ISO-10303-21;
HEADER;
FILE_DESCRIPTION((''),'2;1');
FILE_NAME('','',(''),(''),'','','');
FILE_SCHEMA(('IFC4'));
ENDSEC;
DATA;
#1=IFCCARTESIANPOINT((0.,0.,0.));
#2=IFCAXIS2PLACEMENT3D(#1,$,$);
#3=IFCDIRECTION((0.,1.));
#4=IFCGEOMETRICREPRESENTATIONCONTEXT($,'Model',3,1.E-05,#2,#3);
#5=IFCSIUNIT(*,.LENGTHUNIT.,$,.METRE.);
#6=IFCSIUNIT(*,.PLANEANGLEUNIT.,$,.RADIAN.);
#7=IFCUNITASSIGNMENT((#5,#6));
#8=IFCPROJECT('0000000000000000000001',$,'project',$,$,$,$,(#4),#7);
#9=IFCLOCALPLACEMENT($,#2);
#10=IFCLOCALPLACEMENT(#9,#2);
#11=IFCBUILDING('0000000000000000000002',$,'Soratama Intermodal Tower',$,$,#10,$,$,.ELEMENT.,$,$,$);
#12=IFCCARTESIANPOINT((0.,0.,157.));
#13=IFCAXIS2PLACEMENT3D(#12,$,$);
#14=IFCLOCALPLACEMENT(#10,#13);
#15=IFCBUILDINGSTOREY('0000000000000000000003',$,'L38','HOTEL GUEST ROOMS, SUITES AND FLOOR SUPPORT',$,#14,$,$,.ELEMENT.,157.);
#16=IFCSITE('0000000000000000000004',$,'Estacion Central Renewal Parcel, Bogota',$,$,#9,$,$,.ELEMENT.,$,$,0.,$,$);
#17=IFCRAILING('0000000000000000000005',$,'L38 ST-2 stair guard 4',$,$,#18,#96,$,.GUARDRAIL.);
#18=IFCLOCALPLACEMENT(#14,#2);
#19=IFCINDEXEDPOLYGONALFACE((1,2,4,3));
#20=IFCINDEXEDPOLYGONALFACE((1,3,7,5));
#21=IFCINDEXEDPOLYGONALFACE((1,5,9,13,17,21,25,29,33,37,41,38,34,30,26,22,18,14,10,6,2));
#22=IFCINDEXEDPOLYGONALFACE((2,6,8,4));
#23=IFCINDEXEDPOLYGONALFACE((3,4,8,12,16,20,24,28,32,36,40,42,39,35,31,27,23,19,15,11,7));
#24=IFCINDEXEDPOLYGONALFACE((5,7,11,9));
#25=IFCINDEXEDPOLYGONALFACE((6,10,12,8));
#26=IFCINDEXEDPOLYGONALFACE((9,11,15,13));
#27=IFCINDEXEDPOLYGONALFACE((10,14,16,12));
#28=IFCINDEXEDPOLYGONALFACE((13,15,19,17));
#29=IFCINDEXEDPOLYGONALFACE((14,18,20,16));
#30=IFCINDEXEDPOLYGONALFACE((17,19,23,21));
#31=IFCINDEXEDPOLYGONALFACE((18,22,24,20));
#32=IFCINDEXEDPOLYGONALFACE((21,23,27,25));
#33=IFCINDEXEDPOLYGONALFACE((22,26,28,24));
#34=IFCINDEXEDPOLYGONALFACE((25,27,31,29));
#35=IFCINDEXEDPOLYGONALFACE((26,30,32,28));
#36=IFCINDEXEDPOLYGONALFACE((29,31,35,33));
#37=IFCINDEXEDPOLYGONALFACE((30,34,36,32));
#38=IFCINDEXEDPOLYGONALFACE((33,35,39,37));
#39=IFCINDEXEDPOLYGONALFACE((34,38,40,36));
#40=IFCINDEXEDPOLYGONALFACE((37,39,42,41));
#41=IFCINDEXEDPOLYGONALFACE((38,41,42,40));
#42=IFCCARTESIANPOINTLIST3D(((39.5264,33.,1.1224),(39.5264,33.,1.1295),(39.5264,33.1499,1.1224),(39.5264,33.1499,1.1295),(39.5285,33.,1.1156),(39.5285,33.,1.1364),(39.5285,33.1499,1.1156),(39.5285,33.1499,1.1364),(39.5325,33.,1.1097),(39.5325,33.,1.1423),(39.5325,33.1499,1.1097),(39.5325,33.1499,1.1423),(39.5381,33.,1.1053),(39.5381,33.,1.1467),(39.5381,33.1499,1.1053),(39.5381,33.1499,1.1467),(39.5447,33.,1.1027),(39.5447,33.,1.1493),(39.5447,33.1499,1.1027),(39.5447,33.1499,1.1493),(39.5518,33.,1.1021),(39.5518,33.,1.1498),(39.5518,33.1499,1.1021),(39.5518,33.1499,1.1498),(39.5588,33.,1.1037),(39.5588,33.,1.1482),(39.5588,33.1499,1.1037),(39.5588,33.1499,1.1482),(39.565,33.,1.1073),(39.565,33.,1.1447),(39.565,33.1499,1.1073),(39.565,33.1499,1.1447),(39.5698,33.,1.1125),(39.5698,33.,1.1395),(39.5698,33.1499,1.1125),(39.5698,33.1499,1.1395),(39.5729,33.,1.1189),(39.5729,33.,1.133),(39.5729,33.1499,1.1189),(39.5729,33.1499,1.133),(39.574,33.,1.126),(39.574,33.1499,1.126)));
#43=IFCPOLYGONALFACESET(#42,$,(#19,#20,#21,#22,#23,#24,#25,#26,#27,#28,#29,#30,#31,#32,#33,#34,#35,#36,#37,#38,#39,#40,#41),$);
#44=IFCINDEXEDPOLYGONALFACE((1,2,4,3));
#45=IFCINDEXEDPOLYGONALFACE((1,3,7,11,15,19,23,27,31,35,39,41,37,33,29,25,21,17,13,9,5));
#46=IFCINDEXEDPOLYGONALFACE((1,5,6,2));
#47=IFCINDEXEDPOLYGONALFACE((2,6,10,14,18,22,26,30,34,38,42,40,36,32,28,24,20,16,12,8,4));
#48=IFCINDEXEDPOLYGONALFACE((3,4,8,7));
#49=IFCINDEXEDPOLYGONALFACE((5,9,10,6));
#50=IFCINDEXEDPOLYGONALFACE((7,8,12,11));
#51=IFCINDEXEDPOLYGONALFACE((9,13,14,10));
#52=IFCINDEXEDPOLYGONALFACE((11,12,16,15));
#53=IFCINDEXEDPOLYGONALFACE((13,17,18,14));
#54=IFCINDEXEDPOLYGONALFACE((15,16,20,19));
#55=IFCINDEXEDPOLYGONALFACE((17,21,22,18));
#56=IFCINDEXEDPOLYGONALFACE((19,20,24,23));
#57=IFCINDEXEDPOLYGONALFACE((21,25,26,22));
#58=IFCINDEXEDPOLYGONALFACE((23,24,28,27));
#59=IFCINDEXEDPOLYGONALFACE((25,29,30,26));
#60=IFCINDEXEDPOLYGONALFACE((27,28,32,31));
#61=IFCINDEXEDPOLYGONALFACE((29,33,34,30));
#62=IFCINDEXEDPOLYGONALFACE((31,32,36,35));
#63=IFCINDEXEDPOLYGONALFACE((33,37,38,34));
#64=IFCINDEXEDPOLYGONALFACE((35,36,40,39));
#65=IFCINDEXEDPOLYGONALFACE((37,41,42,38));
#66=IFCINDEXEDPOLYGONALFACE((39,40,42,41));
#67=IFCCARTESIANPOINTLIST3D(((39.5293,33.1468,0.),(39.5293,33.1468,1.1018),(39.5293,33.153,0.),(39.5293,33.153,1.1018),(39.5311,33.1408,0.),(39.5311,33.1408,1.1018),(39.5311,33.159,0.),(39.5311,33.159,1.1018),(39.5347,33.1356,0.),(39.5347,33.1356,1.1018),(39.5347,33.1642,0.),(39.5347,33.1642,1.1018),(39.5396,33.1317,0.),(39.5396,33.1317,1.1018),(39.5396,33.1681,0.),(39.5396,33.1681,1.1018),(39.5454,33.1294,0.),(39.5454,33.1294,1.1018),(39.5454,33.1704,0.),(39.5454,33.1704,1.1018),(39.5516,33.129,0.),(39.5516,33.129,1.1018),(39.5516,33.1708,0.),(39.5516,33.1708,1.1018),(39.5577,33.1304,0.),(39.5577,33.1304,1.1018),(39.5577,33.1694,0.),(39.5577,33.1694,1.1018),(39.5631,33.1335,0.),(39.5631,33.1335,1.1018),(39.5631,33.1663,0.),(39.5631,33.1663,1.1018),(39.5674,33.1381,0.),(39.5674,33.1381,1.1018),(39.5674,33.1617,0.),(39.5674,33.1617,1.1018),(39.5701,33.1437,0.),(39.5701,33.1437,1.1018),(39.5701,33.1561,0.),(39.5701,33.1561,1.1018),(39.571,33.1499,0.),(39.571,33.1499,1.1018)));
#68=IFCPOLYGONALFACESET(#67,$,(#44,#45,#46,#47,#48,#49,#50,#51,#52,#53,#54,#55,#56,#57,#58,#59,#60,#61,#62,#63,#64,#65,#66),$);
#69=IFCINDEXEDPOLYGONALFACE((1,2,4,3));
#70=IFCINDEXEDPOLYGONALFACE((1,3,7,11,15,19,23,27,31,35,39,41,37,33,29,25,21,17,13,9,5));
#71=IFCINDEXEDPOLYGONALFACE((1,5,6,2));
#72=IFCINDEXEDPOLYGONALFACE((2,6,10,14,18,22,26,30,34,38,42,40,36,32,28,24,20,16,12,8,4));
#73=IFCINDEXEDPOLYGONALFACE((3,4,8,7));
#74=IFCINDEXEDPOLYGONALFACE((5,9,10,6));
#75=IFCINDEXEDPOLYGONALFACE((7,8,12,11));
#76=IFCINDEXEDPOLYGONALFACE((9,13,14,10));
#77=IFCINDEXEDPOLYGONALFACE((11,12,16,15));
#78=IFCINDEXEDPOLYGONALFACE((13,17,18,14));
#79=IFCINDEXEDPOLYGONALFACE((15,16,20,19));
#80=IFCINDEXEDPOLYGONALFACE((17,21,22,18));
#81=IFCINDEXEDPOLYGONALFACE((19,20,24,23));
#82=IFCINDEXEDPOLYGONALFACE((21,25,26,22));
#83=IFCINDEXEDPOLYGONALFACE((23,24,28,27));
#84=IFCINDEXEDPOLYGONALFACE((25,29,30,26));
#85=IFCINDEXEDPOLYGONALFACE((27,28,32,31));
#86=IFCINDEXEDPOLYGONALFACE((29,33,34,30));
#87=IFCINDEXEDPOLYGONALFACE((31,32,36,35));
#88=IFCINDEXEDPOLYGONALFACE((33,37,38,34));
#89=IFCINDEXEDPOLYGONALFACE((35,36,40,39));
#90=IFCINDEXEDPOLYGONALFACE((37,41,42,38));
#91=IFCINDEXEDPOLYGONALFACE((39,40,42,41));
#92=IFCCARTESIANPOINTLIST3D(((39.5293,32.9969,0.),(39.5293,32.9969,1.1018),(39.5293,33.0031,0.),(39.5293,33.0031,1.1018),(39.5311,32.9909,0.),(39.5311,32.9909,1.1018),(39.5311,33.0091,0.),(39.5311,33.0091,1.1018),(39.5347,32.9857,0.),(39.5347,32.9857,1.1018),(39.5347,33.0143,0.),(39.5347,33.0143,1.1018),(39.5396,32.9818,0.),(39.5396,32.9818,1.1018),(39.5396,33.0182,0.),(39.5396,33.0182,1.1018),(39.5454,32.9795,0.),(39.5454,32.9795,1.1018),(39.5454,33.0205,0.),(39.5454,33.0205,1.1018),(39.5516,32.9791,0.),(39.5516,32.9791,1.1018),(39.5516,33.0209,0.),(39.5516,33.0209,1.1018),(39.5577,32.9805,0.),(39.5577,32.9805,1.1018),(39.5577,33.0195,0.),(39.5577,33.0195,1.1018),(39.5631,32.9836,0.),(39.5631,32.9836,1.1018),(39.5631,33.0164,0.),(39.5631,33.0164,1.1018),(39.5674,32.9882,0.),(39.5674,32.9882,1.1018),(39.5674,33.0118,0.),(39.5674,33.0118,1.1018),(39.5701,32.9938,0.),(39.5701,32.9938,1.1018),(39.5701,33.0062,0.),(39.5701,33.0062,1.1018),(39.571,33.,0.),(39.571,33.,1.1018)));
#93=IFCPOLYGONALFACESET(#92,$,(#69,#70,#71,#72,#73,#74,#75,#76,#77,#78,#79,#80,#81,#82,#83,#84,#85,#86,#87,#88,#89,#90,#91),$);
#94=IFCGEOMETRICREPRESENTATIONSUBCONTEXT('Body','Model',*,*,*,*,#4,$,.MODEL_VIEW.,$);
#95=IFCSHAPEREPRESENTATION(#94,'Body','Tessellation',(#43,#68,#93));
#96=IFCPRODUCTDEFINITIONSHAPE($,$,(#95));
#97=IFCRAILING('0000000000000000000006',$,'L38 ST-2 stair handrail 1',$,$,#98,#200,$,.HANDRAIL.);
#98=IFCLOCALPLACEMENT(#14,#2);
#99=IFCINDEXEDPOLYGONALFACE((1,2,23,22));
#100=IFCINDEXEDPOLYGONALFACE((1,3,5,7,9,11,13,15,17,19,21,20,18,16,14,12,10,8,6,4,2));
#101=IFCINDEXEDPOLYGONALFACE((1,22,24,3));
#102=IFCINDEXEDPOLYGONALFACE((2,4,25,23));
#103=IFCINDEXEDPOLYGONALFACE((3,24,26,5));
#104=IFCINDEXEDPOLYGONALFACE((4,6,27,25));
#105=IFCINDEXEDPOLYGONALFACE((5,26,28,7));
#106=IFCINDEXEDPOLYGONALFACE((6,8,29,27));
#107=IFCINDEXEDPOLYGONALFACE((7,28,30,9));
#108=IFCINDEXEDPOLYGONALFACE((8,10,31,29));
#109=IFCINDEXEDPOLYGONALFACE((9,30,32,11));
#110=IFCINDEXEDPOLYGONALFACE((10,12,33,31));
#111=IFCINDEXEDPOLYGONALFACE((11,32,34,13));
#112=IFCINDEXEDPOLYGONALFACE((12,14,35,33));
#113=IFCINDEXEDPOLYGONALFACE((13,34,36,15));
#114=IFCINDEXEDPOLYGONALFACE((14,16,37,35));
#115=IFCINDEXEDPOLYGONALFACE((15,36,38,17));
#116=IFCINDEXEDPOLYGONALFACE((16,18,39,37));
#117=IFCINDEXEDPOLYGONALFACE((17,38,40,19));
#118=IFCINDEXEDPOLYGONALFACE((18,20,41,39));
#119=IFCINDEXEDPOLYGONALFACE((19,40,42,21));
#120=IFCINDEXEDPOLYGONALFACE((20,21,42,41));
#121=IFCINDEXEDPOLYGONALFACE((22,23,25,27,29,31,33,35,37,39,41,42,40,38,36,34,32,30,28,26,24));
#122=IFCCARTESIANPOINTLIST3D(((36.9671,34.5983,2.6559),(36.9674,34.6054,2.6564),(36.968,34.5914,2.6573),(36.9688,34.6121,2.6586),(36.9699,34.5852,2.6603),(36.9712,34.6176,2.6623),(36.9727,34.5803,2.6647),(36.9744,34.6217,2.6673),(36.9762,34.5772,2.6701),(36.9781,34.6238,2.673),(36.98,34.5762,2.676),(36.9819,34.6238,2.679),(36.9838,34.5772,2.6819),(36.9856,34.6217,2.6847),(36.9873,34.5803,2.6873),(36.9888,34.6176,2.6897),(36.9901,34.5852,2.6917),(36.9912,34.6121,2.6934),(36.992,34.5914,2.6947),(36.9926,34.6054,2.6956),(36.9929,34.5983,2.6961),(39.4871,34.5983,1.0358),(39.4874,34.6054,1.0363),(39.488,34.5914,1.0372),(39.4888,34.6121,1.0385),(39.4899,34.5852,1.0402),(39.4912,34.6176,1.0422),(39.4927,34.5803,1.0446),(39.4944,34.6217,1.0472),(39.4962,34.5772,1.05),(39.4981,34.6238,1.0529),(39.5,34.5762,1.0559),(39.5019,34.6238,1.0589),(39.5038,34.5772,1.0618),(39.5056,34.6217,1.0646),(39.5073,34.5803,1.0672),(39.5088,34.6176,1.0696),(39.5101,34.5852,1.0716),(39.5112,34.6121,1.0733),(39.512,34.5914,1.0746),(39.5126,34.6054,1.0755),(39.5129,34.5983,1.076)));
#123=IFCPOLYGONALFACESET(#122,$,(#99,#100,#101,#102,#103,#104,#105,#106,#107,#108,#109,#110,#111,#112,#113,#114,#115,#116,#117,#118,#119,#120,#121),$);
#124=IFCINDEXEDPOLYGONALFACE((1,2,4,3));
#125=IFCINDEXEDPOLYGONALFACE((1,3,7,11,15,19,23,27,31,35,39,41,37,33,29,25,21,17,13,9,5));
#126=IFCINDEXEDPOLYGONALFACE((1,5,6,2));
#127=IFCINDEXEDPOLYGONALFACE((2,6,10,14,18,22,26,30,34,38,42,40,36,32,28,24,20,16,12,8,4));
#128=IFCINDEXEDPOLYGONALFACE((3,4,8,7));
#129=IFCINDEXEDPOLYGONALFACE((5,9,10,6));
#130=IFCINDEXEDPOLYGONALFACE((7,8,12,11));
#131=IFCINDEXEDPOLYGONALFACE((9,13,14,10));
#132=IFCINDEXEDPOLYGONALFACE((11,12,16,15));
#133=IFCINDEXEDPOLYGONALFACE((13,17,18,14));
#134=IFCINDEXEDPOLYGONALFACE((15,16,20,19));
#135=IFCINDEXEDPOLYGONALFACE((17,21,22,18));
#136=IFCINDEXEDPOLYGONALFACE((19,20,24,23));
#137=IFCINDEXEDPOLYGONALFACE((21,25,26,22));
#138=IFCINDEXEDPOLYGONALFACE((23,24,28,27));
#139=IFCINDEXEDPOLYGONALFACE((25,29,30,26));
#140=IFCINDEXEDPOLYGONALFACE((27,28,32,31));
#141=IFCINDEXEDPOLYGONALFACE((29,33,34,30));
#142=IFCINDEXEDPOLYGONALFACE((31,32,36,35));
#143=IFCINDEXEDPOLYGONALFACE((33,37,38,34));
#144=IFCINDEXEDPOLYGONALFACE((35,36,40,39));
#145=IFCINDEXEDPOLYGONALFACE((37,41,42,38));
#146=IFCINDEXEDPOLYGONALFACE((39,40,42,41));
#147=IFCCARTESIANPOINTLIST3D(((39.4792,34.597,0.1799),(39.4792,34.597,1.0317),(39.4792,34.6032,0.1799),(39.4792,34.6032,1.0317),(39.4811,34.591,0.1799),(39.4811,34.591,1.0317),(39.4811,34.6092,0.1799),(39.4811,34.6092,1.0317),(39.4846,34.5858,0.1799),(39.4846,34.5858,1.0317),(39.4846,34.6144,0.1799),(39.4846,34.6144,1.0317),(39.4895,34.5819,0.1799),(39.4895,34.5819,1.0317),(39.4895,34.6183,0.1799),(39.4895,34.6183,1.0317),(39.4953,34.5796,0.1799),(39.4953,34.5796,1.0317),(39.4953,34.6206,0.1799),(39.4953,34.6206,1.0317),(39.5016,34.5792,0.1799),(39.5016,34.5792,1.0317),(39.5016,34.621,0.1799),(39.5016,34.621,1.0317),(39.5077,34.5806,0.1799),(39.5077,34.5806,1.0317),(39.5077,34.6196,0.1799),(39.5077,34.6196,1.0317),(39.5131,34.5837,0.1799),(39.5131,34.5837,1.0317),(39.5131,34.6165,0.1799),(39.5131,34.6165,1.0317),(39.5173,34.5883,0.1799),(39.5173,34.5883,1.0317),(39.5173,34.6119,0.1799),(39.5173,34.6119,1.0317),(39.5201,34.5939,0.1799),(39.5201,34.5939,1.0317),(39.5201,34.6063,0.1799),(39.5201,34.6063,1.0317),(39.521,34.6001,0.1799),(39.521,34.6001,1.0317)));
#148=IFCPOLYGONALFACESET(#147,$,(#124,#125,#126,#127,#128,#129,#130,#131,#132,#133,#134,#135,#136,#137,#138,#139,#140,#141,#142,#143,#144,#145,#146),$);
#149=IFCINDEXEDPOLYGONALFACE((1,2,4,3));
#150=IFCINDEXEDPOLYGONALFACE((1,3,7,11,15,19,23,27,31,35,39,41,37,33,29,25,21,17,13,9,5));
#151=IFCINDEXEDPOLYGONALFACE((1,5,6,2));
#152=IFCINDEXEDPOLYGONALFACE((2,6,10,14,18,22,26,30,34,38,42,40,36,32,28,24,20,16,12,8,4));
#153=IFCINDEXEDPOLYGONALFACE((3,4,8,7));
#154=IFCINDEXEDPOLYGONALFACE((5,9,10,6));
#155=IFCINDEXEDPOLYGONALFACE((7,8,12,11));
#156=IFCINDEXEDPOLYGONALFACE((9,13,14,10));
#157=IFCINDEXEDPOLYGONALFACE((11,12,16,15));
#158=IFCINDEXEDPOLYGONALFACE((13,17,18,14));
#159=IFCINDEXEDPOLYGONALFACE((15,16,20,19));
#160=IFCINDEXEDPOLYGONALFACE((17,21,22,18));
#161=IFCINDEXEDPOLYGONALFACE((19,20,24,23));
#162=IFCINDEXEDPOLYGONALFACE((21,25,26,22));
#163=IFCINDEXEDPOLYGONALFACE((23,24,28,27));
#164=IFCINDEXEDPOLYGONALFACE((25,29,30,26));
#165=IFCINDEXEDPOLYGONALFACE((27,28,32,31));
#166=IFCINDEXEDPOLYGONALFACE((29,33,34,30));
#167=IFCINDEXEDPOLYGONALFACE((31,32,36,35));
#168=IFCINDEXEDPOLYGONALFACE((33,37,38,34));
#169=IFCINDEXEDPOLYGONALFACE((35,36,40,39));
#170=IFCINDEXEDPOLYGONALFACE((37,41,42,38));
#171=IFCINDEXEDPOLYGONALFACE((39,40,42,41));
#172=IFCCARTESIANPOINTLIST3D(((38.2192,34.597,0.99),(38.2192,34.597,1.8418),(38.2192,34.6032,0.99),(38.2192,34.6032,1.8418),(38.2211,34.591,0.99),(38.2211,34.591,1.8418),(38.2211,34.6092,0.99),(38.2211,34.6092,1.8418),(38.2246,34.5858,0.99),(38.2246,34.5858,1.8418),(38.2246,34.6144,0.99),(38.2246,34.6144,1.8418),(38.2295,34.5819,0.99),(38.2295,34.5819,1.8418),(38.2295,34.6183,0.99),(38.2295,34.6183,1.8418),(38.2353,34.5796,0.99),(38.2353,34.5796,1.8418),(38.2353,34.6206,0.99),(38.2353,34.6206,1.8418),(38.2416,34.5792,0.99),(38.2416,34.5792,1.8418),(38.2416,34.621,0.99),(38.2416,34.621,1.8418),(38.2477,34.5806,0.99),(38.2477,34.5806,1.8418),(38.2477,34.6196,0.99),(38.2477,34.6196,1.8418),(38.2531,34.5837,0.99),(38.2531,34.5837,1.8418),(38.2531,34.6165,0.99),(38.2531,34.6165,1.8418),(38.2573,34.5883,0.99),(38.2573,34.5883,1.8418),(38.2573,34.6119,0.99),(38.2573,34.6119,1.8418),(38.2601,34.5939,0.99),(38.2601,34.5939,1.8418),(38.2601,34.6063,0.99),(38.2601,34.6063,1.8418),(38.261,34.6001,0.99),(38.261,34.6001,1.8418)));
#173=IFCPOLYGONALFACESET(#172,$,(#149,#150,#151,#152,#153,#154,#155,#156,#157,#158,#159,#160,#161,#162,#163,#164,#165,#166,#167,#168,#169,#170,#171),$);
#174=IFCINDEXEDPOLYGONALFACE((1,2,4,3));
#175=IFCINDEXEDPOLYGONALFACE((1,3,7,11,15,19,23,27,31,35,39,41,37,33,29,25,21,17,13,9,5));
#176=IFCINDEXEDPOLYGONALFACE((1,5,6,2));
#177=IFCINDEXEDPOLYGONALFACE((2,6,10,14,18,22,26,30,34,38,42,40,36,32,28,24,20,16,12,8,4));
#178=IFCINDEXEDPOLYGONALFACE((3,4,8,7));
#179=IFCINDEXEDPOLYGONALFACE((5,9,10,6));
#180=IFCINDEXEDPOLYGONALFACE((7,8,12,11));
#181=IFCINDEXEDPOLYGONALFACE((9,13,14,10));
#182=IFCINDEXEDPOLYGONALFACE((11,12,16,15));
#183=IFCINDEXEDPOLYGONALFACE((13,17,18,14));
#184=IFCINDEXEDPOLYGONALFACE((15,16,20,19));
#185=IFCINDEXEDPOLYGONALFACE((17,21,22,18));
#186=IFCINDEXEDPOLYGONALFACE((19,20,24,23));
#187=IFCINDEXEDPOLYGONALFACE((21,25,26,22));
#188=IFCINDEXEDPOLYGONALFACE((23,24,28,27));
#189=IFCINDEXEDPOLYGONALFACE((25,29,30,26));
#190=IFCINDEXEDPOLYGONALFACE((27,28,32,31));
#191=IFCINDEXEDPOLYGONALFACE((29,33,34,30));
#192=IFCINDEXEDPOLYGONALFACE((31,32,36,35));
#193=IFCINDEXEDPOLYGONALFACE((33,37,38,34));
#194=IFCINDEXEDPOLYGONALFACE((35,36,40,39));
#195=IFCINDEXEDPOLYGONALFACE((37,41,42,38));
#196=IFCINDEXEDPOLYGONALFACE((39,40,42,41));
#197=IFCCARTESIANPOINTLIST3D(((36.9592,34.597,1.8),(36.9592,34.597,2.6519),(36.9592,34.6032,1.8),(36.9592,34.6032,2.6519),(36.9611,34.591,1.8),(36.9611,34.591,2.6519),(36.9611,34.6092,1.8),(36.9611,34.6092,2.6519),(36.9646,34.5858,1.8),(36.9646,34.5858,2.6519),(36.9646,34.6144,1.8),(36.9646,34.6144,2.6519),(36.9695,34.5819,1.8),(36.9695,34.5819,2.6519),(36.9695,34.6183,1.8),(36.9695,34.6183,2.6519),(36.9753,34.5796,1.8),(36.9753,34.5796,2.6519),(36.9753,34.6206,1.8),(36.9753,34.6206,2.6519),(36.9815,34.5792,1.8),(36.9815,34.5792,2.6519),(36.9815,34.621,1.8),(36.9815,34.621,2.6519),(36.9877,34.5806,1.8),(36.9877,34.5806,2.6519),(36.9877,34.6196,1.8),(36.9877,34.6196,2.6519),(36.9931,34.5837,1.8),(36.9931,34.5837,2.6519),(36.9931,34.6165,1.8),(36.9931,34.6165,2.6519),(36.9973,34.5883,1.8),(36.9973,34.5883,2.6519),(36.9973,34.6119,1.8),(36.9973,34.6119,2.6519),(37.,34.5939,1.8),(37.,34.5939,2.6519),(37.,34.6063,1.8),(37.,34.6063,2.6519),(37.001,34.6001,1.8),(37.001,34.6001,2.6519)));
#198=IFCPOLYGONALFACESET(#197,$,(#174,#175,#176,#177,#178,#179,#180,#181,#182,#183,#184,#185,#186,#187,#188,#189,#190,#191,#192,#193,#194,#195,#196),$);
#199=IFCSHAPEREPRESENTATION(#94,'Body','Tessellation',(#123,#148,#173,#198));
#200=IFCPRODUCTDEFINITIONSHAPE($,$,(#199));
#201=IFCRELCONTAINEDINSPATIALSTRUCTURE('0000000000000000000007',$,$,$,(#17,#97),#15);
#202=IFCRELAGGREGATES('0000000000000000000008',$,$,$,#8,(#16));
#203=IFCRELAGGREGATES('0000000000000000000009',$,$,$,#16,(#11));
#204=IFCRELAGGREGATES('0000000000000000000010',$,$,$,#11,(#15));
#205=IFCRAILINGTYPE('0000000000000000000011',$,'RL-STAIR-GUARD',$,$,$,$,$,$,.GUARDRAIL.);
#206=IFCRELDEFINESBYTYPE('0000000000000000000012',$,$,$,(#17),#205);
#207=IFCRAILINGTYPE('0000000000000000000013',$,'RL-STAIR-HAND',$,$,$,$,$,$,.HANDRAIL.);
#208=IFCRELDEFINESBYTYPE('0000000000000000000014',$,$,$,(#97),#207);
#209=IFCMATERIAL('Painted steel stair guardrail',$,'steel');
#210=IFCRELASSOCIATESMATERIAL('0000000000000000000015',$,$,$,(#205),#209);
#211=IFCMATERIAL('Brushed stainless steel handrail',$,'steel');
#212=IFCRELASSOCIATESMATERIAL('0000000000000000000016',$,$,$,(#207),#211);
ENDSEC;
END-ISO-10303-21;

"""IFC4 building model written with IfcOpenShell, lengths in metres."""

from ifc_helpers import new_model, si_unit, direction, frame, origin, origin_2d, place, context, subcontext, project, spatial, circle, extrude, material, type_object, element, save


model = new_model("IFC4")

# Units and contexts
model_context = context("Model", 3, precision=1e-05, world=origin(), true_north=direction((0.0, 1.0)))
body_context = subcontext(model_context, "Body", "Model", "MODEL_VIEW")
ifc_project = project(units=[si_unit("LENGTHUNIT", "METRE"), si_unit("PLANEANGLEUNIT", "RADIAN")], contexts=[model_context])

# Site, building, storey
site_placement = place(None, origin())
site = spatial("IfcSite", under=ifc_project, at=site_placement, Name="Estacion Central Renewal Parcel, Bogota", CompositionType="ELEMENT", RefElevation=0.0)
building_placement = place(site_placement, origin())
building = spatial("IfcBuilding", under=site, at=building_placement, Name="Soratama Intermodal Tower", CompositionType="ELEMENT")
storey_placement = place(building_placement, frame((0.0, 0.0, 157.0)))
storey = spatial("IfcBuildingStorey", under=building, at=storey_placement, Name="L38", Description="HOTEL GUEST ROOMS, SUITES AND FLOOR SUPPORT", CompositionType="ELEMENT", Elevation=157.0)

# Railings
ifc_material_1 = material(Name="Painted steel stair guardrail", Category="steel")
railing_type_1 = type_object("IfcRailingType", Name="RL-STAIR-GUARD", PredefinedType="GUARDRAIL", material=ifc_material_1)
for number, where, name in (
    (1, (39.55, 33.1499, 0.0), "L38 ST-2 stair guard 4"),
):
    element("IfcRailing", number, at=place(storey_placement, frame(where)), inside=storey, type_object=railing_type_1, Name=name, PredefinedType="GUARDRAIL", context=body_context, shape_type="SweptSolid", body=[
        extrude(circle(Radius=0.0239, at=origin_2d()), frame((0.0, 0.0, 1.126), z_axis=(0.0, -1.0, 0.0), x_axis=(1.0, 0.0, 0.0)), (0.0, 0.0, 1.0), 0.1499),
        extrude(circle(Radius=0.021, at=origin_2d()), origin(), (0.0, 0.0, 1.0), 1.1018),
        extrude(circle(Radius=0.021, at=origin_2d()), frame((0.0, -0.1499, 0.0)), (0.0, 0.0, 1.0), 1.1018),
    ])
ifc_material_2 = material(Name="Brushed stainless steel handrail", Category="steel")
railing_type_2 = type_object("IfcRailingType", Name="RL-STAIR-HAND", PredefinedType="HANDRAIL", material=ifc_material_2)
railing_1_placement = place(storey_placement, frame((39.5, 34.6001, 0.1799)))
element("IfcRailing", 2, at=railing_1_placement, inside=storey, type_object=railing_type_2, Name="L38 ST-2 stair handrail 1", PredefinedType="HANDRAIL", context=body_context, shape_type="SweptSolid", body=[
    extrude(circle(Radius=0.0239, at=origin_2d()), frame((0.0, 0.0, 0.876), z_axis=(-0.841163, 0.0, 0.540782), x_axis=(0.0, -1.0, 0.0)), (0.0, 0.0, 1.0), 2.9958),
    extrude(circle(Radius=0.021, at=origin_2d()), origin(), (0.0, 0.0, 1.0), 0.8518),
    extrude(circle(Radius=0.021, at=origin_2d()), frame((-1.26, 0.0, 0.8101)), (0.0, 0.0, 1.0), 0.8518),
    extrude(circle(Radius=0.021, at=origin_2d()), frame((-2.52, 0.0, 1.6201)), (0.0, 0.0, 1.0), 0.8518),
])

save(model, "model.ifc")
